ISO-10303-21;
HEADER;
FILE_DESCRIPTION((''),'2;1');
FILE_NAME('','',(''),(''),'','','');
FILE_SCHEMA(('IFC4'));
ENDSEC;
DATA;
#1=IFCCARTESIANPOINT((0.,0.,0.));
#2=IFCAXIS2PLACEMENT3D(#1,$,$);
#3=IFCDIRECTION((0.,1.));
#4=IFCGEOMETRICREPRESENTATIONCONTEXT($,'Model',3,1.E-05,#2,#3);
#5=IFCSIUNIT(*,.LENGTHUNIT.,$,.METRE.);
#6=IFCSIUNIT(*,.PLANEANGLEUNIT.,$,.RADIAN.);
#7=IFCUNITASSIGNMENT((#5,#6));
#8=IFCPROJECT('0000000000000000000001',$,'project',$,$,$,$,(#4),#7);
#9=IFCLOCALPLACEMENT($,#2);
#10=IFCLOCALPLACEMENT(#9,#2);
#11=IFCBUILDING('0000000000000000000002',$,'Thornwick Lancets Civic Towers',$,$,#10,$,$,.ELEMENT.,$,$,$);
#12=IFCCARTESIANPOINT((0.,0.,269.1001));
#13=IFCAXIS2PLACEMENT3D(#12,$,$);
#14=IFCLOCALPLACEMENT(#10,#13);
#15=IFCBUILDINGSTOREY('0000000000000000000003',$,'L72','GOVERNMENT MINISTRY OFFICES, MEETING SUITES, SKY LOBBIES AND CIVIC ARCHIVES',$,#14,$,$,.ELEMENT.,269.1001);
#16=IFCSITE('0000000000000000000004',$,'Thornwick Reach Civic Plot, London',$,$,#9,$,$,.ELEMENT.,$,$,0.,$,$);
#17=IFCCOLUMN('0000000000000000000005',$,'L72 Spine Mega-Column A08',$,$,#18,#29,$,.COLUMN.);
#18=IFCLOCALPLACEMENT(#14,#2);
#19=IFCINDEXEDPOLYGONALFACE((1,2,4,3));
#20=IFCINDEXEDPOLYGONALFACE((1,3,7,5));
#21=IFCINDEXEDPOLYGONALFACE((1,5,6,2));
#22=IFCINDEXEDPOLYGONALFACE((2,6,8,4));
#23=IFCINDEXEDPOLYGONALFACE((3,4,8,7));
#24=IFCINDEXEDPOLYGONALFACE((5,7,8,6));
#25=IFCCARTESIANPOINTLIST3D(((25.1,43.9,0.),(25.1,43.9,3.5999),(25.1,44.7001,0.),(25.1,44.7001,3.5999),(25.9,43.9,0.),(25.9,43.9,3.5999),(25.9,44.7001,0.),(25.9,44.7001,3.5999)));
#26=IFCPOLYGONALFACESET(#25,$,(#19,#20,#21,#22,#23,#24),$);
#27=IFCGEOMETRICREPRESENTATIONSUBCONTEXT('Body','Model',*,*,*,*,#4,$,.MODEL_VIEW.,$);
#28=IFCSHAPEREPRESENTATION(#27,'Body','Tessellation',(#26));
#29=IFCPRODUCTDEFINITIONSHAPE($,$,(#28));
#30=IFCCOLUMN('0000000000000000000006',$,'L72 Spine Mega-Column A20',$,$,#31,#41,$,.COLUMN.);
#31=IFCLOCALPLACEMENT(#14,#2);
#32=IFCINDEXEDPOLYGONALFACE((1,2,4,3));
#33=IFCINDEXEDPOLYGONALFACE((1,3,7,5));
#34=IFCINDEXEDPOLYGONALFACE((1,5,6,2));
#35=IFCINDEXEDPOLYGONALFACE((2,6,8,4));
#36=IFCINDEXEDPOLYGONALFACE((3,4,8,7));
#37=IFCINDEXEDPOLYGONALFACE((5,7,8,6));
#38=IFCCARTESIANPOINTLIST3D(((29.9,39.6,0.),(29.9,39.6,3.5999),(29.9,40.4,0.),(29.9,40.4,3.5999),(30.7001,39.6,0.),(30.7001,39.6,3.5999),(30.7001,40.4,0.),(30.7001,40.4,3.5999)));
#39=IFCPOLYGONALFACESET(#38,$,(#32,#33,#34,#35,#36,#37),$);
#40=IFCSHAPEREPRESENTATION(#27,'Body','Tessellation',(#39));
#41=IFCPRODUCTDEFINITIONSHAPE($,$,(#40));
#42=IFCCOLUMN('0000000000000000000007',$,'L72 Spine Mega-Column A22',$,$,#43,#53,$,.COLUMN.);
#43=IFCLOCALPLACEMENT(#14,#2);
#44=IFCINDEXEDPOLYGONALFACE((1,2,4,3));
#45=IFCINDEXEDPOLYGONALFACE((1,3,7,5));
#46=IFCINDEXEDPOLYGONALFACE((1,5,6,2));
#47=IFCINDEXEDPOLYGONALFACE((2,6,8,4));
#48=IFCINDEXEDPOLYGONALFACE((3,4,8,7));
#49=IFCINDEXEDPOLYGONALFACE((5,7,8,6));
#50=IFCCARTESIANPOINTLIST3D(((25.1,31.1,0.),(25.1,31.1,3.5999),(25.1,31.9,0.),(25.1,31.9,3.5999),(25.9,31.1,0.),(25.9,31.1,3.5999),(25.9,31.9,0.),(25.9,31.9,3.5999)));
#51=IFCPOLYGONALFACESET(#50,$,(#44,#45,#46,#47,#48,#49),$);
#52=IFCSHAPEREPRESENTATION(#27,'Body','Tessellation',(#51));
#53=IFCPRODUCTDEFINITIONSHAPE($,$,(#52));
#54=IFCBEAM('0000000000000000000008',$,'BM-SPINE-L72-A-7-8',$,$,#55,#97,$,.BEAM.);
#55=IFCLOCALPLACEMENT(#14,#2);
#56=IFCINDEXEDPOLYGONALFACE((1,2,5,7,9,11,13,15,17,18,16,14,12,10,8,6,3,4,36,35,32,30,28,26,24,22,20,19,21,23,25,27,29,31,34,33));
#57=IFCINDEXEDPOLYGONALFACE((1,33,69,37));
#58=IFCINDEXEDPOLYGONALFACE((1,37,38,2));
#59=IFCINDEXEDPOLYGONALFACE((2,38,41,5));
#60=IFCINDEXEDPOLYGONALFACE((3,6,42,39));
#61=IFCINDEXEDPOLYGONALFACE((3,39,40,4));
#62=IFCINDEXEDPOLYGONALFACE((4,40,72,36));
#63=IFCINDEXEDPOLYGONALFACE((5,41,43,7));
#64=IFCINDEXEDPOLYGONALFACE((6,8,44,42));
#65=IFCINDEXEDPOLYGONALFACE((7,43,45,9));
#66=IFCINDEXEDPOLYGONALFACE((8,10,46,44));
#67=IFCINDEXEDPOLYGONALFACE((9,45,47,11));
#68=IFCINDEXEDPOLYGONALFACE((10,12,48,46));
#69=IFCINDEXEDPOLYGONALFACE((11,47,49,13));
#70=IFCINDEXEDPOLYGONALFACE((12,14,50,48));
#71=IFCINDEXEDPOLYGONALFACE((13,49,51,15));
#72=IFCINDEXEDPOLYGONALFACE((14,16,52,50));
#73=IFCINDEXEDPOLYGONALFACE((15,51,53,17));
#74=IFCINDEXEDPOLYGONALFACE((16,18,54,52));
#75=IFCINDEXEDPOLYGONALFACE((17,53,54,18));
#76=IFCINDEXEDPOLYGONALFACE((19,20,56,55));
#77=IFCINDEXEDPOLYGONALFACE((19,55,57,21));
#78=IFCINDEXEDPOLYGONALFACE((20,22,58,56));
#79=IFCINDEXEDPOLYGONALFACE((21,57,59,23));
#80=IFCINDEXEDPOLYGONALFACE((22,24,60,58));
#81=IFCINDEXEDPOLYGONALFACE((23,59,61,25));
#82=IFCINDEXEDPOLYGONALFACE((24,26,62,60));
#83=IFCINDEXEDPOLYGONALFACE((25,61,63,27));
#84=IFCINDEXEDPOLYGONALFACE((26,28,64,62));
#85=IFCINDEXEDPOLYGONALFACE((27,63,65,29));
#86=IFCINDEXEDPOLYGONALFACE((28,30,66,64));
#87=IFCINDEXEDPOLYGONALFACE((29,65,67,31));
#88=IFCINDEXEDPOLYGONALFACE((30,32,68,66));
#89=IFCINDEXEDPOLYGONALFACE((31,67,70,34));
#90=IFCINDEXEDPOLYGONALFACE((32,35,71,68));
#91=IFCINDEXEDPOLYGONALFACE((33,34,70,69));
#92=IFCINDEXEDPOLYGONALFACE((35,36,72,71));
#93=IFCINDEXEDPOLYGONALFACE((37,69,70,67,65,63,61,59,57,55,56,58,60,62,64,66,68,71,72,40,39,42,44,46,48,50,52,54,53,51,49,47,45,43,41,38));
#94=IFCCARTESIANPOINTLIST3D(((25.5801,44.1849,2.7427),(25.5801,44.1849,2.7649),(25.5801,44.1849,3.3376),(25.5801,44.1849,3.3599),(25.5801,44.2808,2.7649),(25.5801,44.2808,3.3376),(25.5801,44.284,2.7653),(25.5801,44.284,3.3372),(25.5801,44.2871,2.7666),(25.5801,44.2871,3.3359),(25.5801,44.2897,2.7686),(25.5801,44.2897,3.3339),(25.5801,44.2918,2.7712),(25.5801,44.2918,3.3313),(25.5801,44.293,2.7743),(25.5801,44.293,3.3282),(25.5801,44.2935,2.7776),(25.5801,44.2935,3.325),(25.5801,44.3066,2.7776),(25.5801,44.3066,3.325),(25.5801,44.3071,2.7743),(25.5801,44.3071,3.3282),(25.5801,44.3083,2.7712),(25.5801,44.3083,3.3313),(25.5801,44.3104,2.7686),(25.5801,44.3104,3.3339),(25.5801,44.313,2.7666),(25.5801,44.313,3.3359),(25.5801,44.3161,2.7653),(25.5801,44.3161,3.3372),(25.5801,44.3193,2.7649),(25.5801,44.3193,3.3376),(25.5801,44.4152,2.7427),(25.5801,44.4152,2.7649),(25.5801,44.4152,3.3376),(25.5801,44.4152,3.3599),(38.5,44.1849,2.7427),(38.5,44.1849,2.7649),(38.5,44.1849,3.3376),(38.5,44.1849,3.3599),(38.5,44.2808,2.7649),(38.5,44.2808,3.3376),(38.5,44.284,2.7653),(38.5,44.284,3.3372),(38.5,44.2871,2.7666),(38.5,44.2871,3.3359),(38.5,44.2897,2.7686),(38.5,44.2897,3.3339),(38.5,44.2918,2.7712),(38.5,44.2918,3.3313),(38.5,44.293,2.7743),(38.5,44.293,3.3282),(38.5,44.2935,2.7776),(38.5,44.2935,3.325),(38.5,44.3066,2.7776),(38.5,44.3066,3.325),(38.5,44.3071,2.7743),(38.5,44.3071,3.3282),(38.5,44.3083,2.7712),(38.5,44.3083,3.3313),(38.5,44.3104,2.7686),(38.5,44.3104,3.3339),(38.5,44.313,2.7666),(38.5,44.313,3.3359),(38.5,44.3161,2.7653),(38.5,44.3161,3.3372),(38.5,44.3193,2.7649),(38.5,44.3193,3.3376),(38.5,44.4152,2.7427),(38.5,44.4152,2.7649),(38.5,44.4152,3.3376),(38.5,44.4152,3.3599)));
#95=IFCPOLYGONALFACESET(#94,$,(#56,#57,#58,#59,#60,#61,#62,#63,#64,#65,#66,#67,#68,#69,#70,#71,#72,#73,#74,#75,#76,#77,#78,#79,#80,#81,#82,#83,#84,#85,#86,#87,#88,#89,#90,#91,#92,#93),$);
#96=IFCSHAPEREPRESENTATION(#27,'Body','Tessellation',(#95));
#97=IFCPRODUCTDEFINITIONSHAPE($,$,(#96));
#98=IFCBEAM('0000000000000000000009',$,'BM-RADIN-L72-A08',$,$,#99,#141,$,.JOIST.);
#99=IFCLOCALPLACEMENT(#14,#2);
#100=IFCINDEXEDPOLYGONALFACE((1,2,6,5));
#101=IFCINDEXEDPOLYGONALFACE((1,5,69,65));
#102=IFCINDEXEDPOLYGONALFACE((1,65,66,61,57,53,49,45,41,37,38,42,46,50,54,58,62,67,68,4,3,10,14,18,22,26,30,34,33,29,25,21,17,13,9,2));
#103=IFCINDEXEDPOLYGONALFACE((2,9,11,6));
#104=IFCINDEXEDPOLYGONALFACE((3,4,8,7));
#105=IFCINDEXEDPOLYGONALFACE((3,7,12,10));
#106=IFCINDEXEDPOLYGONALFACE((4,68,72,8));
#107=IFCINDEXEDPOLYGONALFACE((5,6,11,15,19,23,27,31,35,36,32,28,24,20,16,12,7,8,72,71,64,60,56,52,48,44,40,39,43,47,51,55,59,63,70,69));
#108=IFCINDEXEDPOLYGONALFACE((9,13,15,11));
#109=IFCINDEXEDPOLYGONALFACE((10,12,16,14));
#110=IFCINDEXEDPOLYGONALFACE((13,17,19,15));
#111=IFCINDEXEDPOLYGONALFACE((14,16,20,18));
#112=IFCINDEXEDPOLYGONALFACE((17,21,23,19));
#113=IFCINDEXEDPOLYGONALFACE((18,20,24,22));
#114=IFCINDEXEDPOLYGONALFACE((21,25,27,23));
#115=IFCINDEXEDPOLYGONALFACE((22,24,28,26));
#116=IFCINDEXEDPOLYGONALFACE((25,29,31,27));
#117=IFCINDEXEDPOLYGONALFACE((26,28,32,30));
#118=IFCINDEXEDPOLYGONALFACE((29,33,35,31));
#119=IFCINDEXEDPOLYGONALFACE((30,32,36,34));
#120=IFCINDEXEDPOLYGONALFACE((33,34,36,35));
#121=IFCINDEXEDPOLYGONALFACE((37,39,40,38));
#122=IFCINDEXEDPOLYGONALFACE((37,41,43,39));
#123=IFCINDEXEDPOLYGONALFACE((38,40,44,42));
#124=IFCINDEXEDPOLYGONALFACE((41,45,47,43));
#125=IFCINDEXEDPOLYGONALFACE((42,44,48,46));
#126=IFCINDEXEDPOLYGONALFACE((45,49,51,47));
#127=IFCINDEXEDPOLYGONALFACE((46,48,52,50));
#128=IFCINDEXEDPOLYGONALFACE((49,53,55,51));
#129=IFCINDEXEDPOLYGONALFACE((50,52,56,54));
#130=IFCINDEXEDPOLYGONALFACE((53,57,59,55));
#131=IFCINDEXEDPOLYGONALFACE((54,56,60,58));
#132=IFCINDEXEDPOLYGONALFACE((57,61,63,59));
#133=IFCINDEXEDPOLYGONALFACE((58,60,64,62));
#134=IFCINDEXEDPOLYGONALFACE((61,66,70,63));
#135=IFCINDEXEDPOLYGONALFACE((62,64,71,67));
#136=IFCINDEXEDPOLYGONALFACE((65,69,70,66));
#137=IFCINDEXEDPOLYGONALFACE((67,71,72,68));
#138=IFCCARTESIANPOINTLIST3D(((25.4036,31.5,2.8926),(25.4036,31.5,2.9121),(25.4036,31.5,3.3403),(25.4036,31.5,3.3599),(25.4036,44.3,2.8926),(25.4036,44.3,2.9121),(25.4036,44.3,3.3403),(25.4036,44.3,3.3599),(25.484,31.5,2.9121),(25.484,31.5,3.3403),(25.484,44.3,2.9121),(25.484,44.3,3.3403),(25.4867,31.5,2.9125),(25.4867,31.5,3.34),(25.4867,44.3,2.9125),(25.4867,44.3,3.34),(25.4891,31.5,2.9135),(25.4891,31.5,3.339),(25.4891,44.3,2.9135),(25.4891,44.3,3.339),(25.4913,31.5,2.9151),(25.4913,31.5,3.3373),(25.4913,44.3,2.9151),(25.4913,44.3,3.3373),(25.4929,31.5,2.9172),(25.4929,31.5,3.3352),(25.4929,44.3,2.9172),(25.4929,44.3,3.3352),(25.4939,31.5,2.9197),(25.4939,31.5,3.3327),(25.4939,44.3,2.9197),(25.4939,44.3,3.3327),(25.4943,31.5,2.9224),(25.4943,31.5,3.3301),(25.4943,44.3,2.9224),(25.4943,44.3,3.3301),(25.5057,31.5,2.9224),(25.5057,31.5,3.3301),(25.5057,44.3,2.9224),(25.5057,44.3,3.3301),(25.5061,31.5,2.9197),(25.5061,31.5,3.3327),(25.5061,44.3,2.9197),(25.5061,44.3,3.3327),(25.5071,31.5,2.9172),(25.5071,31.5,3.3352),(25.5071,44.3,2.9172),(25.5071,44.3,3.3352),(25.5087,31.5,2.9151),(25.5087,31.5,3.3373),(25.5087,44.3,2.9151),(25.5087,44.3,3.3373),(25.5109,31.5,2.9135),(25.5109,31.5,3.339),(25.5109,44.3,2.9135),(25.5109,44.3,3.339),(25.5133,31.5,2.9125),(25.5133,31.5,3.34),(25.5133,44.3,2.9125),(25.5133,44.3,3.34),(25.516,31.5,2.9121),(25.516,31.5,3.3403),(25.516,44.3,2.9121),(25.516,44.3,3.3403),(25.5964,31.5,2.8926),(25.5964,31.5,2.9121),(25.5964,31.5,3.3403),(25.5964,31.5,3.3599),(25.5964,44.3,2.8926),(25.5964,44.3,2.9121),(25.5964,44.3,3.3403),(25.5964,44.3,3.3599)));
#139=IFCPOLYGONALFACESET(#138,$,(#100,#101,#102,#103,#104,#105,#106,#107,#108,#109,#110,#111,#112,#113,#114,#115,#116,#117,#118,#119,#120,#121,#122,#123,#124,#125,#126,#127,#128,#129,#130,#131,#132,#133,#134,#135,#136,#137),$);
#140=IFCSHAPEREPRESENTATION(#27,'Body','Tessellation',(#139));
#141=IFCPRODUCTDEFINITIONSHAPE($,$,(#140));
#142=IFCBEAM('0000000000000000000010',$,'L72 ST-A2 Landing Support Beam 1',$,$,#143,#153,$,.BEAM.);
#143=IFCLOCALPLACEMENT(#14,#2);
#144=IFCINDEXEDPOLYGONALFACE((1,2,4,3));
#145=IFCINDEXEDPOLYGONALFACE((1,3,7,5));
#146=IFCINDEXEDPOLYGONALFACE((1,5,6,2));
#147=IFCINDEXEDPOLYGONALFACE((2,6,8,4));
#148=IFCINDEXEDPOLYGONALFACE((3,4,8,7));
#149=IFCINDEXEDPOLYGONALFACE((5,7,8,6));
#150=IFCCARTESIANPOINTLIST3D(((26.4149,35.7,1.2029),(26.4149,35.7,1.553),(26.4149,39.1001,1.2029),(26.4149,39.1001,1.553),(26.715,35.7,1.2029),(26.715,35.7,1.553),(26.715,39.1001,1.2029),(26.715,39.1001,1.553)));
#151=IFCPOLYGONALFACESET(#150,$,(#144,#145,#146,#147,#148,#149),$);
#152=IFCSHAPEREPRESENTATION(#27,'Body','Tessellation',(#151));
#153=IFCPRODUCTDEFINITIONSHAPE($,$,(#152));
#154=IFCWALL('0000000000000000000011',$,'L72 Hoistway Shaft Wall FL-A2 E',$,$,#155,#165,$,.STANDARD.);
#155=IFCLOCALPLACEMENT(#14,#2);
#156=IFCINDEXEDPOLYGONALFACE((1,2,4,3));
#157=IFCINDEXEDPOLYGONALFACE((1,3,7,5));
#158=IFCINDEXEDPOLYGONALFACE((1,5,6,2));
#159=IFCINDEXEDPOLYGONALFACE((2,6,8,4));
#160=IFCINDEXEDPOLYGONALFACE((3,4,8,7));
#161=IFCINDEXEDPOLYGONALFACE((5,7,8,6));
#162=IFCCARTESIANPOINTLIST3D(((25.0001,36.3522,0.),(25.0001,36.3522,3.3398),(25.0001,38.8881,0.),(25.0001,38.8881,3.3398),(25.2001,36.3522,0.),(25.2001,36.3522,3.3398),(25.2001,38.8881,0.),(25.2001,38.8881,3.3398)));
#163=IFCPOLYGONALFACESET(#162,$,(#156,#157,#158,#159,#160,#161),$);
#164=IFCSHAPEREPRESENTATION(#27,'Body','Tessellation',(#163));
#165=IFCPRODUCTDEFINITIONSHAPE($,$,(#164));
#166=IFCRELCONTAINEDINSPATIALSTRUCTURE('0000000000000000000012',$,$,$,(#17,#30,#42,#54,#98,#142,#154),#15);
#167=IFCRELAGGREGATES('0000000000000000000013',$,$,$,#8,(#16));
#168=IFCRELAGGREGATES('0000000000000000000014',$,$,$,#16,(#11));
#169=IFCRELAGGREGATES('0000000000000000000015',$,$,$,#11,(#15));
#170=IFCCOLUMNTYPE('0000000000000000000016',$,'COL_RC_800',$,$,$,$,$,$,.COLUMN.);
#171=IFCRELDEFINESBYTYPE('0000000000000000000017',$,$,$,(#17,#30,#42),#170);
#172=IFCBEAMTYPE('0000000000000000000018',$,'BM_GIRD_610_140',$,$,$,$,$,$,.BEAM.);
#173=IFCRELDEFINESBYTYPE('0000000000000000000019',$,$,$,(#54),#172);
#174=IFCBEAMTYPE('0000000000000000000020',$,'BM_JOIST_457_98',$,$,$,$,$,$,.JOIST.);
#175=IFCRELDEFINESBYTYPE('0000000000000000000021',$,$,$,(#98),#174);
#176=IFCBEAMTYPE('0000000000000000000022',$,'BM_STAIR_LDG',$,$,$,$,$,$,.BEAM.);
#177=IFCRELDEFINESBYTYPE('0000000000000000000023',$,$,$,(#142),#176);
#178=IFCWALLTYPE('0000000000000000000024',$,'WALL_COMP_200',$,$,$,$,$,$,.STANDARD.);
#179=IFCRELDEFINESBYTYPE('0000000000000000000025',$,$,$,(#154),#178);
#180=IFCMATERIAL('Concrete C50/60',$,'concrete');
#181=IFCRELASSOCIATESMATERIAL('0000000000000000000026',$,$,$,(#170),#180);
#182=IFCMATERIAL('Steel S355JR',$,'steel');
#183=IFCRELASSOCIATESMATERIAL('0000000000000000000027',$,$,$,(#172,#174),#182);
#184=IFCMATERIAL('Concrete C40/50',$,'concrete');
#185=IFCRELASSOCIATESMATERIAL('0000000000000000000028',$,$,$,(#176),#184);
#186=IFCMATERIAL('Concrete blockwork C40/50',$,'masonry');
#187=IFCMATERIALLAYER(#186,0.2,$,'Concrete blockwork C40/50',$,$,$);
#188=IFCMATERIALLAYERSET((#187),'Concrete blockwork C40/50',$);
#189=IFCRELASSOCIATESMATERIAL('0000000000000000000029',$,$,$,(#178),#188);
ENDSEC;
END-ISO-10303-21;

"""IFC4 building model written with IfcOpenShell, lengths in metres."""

from ifc_helpers import new_model, si_unit, direction, frame, frame_2d, origin, origin_2d, place, context, subcontext, project, spatial, rectangle, i_section, extrude, material, layer, layer_set, material_profile, profile_set, type_object, element, save


model = new_model("IFC4")

# Units and contexts
model_context = context("Model", 3, precision=1e-05, world=origin(), true_north=direction((0.0, 1.0)))
body_context = subcontext(model_context, "Body", "Model", "MODEL_VIEW")
ifc_project = project(units=[si_unit("LENGTHUNIT", "METRE"), si_unit("PLANEANGLEUNIT", "RADIAN")], contexts=[model_context])

# Site, building, storey
site_placement = place(None, origin())
site = spatial("IfcSite", under=ifc_project, at=site_placement, Name="Thornwick Reach Civic Plot, London", CompositionType="ELEMENT", RefElevation=0.0)
building_placement = place(site_placement, origin())
building = spatial("IfcBuilding", under=site, at=building_placement, Name="Thornwick Lancets Civic Towers", CompositionType="ELEMENT")
storey_placement = place(building_placement, frame((0.0, 0.0, 269.1001)))
storey = spatial("IfcBuildingStorey", under=building, at=storey_placement, Name="L72", Description="GOVERNMENT MINISTRY OFFICES, MEETING SUITES, SKY LOBBIES AND CIVIC ARCHIVES", CompositionType="ELEMENT", Elevation=269.1001)

# Columns
ifc_material_1 = material(Name="Concrete C50/60", Category="concrete")
ifc_material_profile_1 = material_profile(ifc_material_1, rectangle(XDim=0.8, YDim=0.8, at=origin_2d()), Name="RC 800x800")
ifc_profile_set_1 = profile_set([ifc_material_profile_1], Name="Concrete C50/60")
column_type = type_object("IfcColumnType", Name="COL_RC_800", PredefinedType="COLUMN", material=ifc_profile_set_1)
for number, where, z_axis, x_axis, name in (
    (1, (25.5, 44.3, 0.0), (0.0, 0.0, 1.0), (1.0, 0.0, 0.0), "L72 Spine Mega-Column A08"),
    (2, (30.3, 40.0, 0.0), (0.0, 0.0, 1.0), (1.0, 0.0, 0.0), "L72 Spine Mega-Column A20"),
    (3, (25.5, 31.5, 0.0), (0.0, 0.0, 1.0), (1.0, 0.0, 0.0), "L72 Spine Mega-Column A22"),
):
    element("IfcColumn", number, at=place(storey_placement, frame(where, z_axis=z_axis, x_axis=x_axis)), inside=storey, type_object=column_type, Name=name, PredefinedType="COLUMN", context=body_context, shape_type="SweptSolid", body=[
        extrude(rectangle(XDim=0.8, YDim=0.8, at=origin_2d()), origin(), (0.0, 0.0, 1.0), 3.5999),
    ])

# Beams
ifc_material_2 = material(Name="Steel S355JR", Category="steel")
ifc_material_profile_2 = material_profile(ifc_material_2, i_section(OverallWidth=0.2302, OverallDepth=0.6172, WebThickness=0.0132, FlangeThickness=0.0222, FilletRadius=0.0127, at=origin_2d()), Name="UKB 610x229x140")
ifc_profile_set_2 = profile_set([ifc_material_profile_2], Name="Steel S355JR")
beam_type_1 = type_object("IfcBeamType", Name="BM_GIRD_610_140", PredefinedType="BEAM", material=ifc_profile_set_2)
beam_1_placement = place(storey_placement, frame((25.5801, 44.3, 3.0513), z_axis=(1.0, 0.0, 0.0), x_axis=(0.0, 1.0, 0.0)))
element("IfcBeam", 4, at=beam_1_placement, inside=storey, type_object=beam_type_1, Name="BM-SPINE-L72-A-7-8", PredefinedType="BEAM", context=body_context, shape_type="SweptSolid", body=[
    extrude(i_section(OverallWidth=0.2302, OverallDepth=0.6172, WebThickness=0.0132, FlangeThickness=0.0222, FilletRadius=0.0127, at=origin_2d()), origin(), (0.0, 0.0, 1.0), 12.9199),
])
ifc_material_profile_3 = material_profile(ifc_material_2, i_section(OverallWidth=0.1929, OverallDepth=0.4673, WebThickness=0.0115, FlangeThickness=0.0195, FilletRadius=0.0103, at=origin_2d()), Name="UKB 457x191x98")
ifc_profile_set_3 = profile_set([ifc_material_profile_3], Name="Steel S355JR")
beam_type_2 = type_object("IfcBeamType", Name="BM_JOIST_457_98", PredefinedType="JOIST", material=ifc_profile_set_3)
beam_2_placement = place(storey_placement, frame((25.5, 31.5, 3.1262), z_axis=(0.0, 1.0, 0.0), x_axis=(-1.0, 0.0, 0.0)))
element("IfcBeam", 5, at=beam_2_placement, inside=storey, type_object=beam_type_2, Name="BM-RADIN-L72-A08", PredefinedType="JOIST", context=body_context, shape_type="SweptSolid", body=[
    extrude(i_section(OverallWidth=0.1929, OverallDepth=0.4673, WebThickness=0.0115, FlangeThickness=0.0195, FilletRadius=0.0103, at=origin_2d()), origin(), (0.0, 0.0, 1.0), 12.8),
])
ifc_material_3 = material(Name="Concrete C40/50", Category="concrete")
ifc_material_profile_4 = material_profile(ifc_material_3, rectangle(XDim=0.3, YDim=0.3501, at=origin_2d()), Name="RC 300x350")
ifc_profile_set_4 = profile_set([ifc_material_profile_4], Name="Concrete C40/50")
beam_type_3 = type_object("IfcBeamType", Name="BM_STAIR_LDG", PredefinedType="BEAM", material=ifc_profile_set_4)
beam_3_placement = place(storey_placement, frame((26.5649, 39.1001, 1.3779), z_axis=(0.0, -1.0, 0.0), x_axis=(1.0, 0.0, 0.0)))
element("IfcBeam", 6, at=beam_3_placement, inside=storey, type_object=beam_type_3, Name="L72 ST-A2 Landing Support Beam 1", PredefinedType="BEAM", context=body_context, shape_type="SweptSolid", body=[
    extrude(rectangle(XDim=0.3, YDim=0.3501, at=origin_2d()), origin(), (0.0, 0.0, 1.0), 3.4001),
])

# Wall
ifc_material_4 = material(Name="Concrete blockwork C40/50", Category="masonry")
ifc_layer_1 = layer(ifc_material_4, 0.2, Name="Concrete blockwork C40/50")
ifc_layer_set_1 = layer_set([ifc_layer_1], Name="Concrete blockwork C40/50")
wall_type_1 = type_object("IfcWallType", Name="WALL_COMP_200", PredefinedType="STANDARD", material=ifc_layer_set_1)
wall_1_placement = place(storey_placement, frame((25.1001, 36.3521, 0.0), z_axis=(0.0, 0.0, 1.0), x_axis=(0.0, 1.0, 0.0)))
element("IfcWall", 7, at=wall_1_placement, inside=storey, type_object=wall_type_1, Name="L72 Hoistway Shaft Wall FL-A2 E", PredefinedType="STANDARD", context=body_context, shape_type="SweptSolid", body=[
    extrude(rectangle(XDim=2.5359, YDim=0.2, at=frame_2d((1.2681, 0.0))), origin(), (0.0, 0.0, 1.0), 3.3398),
])

save(model, "model.ifc")
